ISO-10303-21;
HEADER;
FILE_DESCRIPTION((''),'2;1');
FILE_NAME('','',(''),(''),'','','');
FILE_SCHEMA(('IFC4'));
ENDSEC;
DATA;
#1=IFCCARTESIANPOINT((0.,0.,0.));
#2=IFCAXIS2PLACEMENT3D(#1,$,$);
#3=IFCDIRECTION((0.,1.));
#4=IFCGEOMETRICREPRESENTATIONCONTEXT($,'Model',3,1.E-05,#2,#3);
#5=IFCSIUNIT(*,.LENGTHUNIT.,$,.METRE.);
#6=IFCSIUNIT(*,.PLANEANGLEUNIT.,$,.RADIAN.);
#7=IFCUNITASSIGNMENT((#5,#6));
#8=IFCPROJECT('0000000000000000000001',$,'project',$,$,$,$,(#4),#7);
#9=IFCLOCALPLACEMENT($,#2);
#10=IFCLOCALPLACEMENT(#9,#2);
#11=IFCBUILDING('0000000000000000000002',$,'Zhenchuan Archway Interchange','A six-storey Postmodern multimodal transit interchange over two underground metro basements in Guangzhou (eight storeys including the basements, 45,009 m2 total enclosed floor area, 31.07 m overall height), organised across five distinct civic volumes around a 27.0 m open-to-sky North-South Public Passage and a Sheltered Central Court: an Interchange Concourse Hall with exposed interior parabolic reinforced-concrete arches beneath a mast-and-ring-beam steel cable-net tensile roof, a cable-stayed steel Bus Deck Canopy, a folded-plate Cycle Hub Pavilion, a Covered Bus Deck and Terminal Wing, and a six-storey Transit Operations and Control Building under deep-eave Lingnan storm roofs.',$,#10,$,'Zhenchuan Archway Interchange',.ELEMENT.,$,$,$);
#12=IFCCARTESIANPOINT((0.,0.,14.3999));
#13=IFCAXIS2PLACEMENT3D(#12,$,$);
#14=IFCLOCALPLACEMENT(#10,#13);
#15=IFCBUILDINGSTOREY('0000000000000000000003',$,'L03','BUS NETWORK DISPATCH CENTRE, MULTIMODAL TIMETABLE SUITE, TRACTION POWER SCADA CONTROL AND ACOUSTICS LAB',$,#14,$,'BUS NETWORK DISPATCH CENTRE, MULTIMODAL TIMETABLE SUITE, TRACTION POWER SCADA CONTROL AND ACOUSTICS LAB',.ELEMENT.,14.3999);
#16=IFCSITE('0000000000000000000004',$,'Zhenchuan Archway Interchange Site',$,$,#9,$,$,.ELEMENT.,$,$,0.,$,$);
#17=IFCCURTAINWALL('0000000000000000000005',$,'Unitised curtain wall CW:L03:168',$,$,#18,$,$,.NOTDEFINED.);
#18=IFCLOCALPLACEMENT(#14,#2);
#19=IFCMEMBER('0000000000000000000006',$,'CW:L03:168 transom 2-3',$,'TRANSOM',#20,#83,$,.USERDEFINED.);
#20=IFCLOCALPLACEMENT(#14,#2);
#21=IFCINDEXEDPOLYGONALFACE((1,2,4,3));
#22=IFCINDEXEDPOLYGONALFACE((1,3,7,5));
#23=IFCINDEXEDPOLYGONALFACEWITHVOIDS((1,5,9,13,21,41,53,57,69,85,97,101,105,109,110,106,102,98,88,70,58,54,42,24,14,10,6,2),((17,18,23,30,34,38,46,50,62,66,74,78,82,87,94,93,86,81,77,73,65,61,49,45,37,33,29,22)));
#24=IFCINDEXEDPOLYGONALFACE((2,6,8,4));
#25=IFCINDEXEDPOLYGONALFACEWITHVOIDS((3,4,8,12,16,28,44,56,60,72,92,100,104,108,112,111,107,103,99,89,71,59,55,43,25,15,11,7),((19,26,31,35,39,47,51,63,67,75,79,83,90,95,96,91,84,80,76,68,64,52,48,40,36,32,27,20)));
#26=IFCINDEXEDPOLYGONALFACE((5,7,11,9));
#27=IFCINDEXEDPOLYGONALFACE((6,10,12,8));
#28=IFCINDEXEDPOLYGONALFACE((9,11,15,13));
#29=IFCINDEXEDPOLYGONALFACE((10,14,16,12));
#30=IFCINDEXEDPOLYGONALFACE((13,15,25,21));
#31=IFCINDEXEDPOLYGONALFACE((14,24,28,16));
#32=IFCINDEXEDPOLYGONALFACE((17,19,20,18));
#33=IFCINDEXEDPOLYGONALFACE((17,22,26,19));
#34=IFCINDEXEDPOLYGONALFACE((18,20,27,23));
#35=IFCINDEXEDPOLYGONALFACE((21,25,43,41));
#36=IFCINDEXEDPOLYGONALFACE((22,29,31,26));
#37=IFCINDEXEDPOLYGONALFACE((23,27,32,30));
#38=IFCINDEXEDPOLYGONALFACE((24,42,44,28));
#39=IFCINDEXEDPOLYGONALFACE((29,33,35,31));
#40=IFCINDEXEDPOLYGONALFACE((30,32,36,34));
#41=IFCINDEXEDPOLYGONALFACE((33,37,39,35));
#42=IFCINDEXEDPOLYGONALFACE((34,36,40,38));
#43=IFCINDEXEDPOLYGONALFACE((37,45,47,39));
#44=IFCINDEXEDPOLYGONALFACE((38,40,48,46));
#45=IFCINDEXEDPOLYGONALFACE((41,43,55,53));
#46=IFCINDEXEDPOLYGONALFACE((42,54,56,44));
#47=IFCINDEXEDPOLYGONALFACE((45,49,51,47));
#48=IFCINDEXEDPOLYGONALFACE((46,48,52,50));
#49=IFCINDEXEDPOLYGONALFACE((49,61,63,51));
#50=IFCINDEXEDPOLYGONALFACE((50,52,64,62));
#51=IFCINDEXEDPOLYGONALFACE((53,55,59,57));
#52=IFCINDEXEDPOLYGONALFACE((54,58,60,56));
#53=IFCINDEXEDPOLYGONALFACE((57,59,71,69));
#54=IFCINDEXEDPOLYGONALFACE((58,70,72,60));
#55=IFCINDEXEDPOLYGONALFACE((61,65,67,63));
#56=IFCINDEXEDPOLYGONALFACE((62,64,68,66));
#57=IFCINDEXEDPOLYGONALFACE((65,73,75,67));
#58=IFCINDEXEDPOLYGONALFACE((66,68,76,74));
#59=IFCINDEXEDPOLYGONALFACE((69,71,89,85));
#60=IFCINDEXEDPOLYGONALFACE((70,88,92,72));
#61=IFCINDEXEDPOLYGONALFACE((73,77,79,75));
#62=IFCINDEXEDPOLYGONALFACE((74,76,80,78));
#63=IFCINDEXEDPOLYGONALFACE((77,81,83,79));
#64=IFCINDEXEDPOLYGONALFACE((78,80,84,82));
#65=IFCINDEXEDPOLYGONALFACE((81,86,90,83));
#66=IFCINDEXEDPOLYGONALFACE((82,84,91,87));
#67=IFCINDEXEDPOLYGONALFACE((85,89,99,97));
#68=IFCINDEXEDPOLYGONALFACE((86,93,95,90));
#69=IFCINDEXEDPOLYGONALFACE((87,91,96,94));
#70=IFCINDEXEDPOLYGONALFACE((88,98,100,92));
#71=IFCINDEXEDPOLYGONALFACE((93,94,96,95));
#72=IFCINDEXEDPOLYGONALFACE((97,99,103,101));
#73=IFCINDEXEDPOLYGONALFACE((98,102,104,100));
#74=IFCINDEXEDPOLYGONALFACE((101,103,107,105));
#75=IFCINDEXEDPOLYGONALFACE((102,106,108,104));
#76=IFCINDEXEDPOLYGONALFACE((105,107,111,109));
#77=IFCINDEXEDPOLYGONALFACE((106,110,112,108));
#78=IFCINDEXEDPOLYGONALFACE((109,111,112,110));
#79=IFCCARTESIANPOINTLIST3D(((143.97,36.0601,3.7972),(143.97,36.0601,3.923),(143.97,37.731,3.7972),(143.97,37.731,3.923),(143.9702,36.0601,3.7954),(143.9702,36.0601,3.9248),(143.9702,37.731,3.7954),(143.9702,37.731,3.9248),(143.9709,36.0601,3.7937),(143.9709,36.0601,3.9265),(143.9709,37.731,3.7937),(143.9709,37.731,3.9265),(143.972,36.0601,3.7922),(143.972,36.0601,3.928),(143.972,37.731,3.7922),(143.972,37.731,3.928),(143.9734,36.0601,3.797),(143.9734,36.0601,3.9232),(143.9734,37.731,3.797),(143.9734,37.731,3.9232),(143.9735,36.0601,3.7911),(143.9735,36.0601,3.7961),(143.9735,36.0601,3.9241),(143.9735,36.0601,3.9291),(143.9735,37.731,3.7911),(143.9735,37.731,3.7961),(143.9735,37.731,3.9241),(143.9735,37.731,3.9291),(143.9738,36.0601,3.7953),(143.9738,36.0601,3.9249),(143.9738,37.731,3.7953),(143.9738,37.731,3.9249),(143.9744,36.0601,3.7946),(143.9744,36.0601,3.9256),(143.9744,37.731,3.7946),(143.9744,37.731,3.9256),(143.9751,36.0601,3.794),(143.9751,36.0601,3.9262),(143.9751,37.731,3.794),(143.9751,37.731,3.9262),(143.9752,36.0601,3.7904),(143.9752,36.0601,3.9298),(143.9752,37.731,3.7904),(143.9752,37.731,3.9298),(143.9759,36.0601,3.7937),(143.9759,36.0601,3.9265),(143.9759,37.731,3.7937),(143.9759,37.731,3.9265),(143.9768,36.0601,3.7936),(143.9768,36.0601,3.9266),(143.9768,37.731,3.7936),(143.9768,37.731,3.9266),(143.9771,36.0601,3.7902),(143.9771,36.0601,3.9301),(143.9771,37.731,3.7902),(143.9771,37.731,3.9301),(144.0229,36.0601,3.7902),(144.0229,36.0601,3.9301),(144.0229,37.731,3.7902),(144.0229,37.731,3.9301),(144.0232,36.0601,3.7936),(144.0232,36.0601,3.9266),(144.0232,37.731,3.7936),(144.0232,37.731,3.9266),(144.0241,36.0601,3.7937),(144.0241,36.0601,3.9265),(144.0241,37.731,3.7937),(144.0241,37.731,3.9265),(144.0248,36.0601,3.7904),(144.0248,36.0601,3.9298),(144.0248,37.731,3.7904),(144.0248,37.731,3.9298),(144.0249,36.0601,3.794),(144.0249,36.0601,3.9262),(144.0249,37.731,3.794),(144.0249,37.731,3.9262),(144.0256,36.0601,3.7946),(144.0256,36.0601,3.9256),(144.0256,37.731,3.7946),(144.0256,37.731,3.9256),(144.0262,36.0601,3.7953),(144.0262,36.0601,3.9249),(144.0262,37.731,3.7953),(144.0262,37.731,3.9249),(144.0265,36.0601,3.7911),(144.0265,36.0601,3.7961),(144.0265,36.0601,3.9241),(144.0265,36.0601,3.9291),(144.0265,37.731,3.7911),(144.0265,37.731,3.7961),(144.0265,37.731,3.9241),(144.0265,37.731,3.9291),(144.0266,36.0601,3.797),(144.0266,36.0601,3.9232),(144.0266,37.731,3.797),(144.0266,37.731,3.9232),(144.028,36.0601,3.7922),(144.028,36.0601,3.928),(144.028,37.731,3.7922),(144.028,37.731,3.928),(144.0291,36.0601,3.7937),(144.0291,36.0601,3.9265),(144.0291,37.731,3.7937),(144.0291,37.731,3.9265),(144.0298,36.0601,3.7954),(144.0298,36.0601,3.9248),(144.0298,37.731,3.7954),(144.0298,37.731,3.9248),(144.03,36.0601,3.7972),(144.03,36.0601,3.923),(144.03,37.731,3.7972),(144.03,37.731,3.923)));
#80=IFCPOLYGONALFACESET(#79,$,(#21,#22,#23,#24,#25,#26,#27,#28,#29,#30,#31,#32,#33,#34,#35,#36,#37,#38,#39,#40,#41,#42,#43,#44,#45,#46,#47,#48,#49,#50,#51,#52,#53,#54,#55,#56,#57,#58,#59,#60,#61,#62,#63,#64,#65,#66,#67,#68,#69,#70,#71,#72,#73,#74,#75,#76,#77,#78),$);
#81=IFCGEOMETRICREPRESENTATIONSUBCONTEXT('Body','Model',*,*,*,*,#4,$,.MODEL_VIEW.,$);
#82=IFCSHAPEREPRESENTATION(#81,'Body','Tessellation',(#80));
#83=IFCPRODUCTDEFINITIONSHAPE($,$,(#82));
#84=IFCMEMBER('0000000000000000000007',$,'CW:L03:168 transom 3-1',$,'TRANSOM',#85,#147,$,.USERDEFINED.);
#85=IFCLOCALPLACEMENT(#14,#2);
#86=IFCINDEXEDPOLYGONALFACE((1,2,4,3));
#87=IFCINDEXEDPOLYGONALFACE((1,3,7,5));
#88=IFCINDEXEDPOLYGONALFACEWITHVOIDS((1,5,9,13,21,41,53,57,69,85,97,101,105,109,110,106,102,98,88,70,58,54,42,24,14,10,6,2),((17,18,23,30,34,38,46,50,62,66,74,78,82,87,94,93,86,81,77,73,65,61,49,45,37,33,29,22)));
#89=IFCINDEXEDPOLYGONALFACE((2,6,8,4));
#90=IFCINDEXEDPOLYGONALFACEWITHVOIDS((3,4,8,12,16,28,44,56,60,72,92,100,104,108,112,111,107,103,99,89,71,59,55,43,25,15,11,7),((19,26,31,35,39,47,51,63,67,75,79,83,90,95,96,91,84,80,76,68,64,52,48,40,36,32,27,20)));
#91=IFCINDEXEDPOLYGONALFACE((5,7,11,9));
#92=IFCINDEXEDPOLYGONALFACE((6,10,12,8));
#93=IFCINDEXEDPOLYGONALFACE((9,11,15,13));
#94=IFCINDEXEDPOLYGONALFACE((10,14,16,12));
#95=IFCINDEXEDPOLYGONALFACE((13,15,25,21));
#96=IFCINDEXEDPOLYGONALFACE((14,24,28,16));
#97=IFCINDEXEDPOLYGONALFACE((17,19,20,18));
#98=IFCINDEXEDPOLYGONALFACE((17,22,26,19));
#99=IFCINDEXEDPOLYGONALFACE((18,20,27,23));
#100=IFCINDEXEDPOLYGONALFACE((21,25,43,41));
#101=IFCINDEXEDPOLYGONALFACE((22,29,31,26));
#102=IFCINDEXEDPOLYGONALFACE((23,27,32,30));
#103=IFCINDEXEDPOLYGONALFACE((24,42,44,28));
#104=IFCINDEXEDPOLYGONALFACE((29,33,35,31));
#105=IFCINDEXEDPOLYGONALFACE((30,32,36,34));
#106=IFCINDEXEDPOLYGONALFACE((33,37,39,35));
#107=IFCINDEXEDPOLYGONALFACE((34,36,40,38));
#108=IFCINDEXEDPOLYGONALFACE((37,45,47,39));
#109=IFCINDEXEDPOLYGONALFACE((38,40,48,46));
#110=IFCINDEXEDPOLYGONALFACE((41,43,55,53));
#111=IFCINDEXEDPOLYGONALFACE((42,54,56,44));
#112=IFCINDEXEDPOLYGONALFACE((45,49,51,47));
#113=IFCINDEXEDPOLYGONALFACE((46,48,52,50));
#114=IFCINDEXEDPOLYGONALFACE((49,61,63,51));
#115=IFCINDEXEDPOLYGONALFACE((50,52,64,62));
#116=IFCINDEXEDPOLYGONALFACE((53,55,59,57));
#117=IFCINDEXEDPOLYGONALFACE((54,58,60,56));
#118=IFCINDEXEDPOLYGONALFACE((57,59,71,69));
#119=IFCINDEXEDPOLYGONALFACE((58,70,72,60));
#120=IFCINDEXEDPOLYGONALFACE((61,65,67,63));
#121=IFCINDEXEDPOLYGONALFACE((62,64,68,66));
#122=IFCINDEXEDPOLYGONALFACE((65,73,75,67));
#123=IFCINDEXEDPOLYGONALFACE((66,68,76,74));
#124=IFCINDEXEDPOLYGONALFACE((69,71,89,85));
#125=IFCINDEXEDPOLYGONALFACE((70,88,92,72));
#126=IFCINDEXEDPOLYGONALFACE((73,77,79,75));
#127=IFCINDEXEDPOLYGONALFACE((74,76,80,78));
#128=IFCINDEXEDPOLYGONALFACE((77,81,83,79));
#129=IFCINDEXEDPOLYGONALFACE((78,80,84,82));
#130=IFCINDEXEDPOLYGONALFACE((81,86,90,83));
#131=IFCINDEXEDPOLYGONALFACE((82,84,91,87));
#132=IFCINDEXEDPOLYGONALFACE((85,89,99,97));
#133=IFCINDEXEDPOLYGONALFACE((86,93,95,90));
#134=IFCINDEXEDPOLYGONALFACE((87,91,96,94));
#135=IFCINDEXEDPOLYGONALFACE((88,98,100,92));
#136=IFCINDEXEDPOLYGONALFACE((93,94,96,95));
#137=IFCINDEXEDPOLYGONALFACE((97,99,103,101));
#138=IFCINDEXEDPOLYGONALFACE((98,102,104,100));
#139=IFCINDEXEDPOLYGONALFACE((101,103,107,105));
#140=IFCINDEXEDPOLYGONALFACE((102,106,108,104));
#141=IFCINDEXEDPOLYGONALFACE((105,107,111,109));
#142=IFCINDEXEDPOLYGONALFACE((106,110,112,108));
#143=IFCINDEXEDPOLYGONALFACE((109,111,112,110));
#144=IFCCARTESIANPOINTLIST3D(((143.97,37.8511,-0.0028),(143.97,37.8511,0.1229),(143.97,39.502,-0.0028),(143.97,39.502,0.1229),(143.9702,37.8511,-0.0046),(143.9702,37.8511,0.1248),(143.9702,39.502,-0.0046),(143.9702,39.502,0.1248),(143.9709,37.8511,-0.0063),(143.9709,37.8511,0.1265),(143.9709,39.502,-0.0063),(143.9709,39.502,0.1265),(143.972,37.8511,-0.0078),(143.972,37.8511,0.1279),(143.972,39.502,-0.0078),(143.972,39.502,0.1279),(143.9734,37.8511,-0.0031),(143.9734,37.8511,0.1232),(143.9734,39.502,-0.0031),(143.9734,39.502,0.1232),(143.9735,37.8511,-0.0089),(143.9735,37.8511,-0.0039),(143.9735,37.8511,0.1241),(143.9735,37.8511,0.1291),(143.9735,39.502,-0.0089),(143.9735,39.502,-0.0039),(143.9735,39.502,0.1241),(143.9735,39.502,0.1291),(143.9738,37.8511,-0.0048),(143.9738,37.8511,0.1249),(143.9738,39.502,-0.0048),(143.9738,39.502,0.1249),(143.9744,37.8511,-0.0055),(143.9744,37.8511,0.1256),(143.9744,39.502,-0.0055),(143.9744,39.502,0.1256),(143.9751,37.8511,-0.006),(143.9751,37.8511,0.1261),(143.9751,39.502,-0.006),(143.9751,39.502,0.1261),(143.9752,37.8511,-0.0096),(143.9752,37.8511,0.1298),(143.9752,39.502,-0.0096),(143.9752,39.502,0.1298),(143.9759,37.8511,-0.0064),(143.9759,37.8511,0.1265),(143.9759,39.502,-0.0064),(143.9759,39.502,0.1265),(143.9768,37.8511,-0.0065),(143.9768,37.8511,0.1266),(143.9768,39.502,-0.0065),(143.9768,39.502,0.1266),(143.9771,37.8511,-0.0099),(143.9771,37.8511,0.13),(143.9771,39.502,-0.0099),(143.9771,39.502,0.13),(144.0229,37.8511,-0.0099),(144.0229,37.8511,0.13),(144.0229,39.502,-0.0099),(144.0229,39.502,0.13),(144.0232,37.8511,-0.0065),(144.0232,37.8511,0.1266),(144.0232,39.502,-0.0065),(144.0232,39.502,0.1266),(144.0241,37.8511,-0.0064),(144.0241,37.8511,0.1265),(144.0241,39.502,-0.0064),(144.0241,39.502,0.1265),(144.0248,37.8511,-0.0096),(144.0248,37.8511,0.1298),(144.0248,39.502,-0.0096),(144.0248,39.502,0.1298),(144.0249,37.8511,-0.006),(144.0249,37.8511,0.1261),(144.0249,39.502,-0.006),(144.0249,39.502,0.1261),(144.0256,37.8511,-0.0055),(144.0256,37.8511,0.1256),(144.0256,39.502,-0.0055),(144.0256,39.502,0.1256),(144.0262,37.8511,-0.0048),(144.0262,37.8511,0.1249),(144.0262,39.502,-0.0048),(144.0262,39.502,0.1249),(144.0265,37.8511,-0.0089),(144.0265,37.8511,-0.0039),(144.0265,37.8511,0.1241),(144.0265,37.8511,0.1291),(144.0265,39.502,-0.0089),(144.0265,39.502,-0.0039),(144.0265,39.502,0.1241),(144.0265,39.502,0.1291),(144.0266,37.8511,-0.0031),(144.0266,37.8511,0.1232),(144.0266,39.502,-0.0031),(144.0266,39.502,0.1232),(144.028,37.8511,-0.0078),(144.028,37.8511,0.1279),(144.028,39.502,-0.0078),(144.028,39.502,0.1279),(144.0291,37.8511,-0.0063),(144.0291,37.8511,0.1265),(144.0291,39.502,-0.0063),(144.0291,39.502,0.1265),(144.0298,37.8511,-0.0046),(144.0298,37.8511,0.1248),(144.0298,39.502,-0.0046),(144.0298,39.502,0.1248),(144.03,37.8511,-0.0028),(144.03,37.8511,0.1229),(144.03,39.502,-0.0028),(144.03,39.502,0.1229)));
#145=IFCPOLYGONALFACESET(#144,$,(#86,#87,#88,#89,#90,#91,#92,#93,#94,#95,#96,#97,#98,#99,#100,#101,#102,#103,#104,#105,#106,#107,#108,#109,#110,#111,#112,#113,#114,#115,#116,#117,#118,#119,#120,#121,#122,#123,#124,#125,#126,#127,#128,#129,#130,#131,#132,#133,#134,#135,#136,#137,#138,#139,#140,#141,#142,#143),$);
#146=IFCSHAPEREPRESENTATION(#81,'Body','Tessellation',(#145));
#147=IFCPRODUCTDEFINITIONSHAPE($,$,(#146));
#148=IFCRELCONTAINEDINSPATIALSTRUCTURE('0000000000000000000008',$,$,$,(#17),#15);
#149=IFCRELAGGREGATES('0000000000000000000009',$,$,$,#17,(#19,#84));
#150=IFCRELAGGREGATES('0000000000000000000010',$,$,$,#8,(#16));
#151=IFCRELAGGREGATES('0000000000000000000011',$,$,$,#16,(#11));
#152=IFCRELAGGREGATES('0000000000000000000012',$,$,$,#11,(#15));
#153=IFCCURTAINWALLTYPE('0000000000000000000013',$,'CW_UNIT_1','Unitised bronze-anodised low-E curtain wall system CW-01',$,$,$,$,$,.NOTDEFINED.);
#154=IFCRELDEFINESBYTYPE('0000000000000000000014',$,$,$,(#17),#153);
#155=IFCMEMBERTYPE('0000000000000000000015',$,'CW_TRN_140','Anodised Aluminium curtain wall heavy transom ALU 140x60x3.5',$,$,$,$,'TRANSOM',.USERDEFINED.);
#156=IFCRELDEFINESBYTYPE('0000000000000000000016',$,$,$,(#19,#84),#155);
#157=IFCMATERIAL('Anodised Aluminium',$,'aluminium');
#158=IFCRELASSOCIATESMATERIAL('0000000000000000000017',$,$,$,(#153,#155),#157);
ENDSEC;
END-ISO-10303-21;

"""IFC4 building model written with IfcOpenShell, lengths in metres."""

from ifc_helpers import new_model, si_unit, direction, frame, origin, origin_2d, place, context, subcontext, project, spatial, hollow_rectangle, extrude, material, material_profile, profile_set, type_object, element, aggregate, save


model = new_model("IFC4")

# Units and contexts
model_context = context("Model", 3, precision=1e-05, world=origin(), true_north=direction((0.0, 1.0)))
body_context = subcontext(model_context, "Body", "Model", "MODEL_VIEW")
ifc_project = project(units=[si_unit("LENGTHUNIT", "METRE"), si_unit("PLANEANGLEUNIT", "RADIAN")], contexts=[model_context])

# Site, building, storey
site_placement = place(None, origin())
site = spatial("IfcSite", under=ifc_project, at=site_placement, Name="Zhenchuan Archway Interchange Site", CompositionType="ELEMENT", RefElevation=0.0)
building_placement = place(site_placement, origin())
building = spatial("IfcBuilding", under=site, at=building_placement, Name="Zhenchuan Archway Interchange", Description="A six-storey Postmodern multimodal transit interchange over two underground metro basements in Guangzhou (eight storeys including the basements, 45,009 m2 total enclosed floor area, 31.07 m overall height), organised across five distinct civic volumes around a 27.0 m open-to-sky North-South Public Passage and a Sheltered Central Court: an Interchange Concourse Hall with exposed interior parabolic reinforced-concrete arches beneath a mast-and-ring-beam steel cable-net tensile roof, a cable-stayed steel Bus Deck Canopy, a folded-plate Cycle Hub Pavilion, a Covered Bus Deck and Terminal Wing, and a six-storey Transit Operations and Control Building under deep-eave Lingnan storm roofs.", LongName="Zhenchuan Archway Interchange", CompositionType="ELEMENT")
storey_placement = place(building_placement, frame((0.0, 0.0, 14.3999)))
storey = spatial("IfcBuildingStorey", under=building, at=storey_placement, Name="L03", Description="BUS NETWORK DISPATCH CENTRE, MULTIMODAL TIMETABLE SUITE, TRACTION POWER SCADA CONTROL AND ACOUSTICS LAB", LongName="BUS NETWORK DISPATCH CENTRE, MULTIMODAL TIMETABLE SUITE, TRACTION POWER SCADA CONTROL AND ACOUSTICS LAB", CompositionType="ELEMENT", Elevation=14.3999)

# Curtain wall
ifc_material_1 = material(Name="Anodised Aluminium", Category="aluminium")
curtain_wall_type_1 = type_object("IfcCurtainWallType", Name="CW_UNIT_1", Description="Unitised bronze-anodised low-E curtain wall system CW-01", PredefinedType="NOTDEFINED", material=ifc_material_1)
curtain_wall_1_placement = place(storey_placement, origin())
curtain_wall_1 = element("IfcCurtainWall", 1, at=curtain_wall_1_placement, inside=storey, type_object=curtain_wall_type_1, Name="Unitised curtain wall CW:L03:168", PredefinedType="NOTDEFINED")

# Members
ifc_material_profile_1 = material_profile(ifc_material_1, hollow_rectangle(XDim=0.0601, YDim=0.1399, WallThickness=0.0034, InnerFilletRadius=0.0034, OuterFilletRadius=0.0071, at=origin_2d()), Name="ALU 140x60x3.5")
ifc_profile_set_1 = profile_set([ifc_material_profile_1], Name="Anodised Aluminium")
member_type_1 = type_object("IfcMemberType", Name="CW_TRN_140", Description="Anodised Aluminium curtain wall heavy transom ALU 140x60x3.5", ElementType="TRANSOM", PredefinedType="USERDEFINED", material=ifc_profile_set_1)
member_1_placement = place(storey_placement, frame((144.0, 36.0601, 3.8601), z_axis=(0.0, 1.0, 0.0), x_axis=(-1.0, 0.0, 0.0)))
member_1 = element("IfcMember", 2, at=member_1_placement, type_object=member_type_1, Name="CW:L03:168 transom 2-3", ObjectType="TRANSOM", PredefinedType="USERDEFINED", context=body_context, shape_type="SweptSolid", body=[
    extrude(hollow_rectangle(XDim=0.0601, YDim=0.1399, WallThickness=0.0034, InnerFilletRadius=0.0034, OuterFilletRadius=0.0071, at=origin_2d()), origin(), (0.0, 0.0, 1.0), 1.6709),
])
member_2_placement = place(storey_placement, frame((144.0, 37.8511, 0.0601), z_axis=(0.0, 1.0, 0.0), x_axis=(-1.0, 0.0, 0.0)))
member_2 = element("IfcMember", 3, at=member_2_placement, type_object=member_type_1, Name="CW:L03:168 transom 3-1", ObjectType="TRANSOM", PredefinedType="USERDEFINED", context=body_context, shape_type="SweptSolid", body=[
    extrude(hollow_rectangle(XDim=0.0601, YDim=0.1399, WallThickness=0.0034, InnerFilletRadius=0.0034, OuterFilletRadius=0.0071, at=origin_2d()), origin(), (0.0, 0.0, 1.0), 1.6509),
])

aggregate(curtain_wall_1, [member_1, member_2])

save(model, "model.ifc")
